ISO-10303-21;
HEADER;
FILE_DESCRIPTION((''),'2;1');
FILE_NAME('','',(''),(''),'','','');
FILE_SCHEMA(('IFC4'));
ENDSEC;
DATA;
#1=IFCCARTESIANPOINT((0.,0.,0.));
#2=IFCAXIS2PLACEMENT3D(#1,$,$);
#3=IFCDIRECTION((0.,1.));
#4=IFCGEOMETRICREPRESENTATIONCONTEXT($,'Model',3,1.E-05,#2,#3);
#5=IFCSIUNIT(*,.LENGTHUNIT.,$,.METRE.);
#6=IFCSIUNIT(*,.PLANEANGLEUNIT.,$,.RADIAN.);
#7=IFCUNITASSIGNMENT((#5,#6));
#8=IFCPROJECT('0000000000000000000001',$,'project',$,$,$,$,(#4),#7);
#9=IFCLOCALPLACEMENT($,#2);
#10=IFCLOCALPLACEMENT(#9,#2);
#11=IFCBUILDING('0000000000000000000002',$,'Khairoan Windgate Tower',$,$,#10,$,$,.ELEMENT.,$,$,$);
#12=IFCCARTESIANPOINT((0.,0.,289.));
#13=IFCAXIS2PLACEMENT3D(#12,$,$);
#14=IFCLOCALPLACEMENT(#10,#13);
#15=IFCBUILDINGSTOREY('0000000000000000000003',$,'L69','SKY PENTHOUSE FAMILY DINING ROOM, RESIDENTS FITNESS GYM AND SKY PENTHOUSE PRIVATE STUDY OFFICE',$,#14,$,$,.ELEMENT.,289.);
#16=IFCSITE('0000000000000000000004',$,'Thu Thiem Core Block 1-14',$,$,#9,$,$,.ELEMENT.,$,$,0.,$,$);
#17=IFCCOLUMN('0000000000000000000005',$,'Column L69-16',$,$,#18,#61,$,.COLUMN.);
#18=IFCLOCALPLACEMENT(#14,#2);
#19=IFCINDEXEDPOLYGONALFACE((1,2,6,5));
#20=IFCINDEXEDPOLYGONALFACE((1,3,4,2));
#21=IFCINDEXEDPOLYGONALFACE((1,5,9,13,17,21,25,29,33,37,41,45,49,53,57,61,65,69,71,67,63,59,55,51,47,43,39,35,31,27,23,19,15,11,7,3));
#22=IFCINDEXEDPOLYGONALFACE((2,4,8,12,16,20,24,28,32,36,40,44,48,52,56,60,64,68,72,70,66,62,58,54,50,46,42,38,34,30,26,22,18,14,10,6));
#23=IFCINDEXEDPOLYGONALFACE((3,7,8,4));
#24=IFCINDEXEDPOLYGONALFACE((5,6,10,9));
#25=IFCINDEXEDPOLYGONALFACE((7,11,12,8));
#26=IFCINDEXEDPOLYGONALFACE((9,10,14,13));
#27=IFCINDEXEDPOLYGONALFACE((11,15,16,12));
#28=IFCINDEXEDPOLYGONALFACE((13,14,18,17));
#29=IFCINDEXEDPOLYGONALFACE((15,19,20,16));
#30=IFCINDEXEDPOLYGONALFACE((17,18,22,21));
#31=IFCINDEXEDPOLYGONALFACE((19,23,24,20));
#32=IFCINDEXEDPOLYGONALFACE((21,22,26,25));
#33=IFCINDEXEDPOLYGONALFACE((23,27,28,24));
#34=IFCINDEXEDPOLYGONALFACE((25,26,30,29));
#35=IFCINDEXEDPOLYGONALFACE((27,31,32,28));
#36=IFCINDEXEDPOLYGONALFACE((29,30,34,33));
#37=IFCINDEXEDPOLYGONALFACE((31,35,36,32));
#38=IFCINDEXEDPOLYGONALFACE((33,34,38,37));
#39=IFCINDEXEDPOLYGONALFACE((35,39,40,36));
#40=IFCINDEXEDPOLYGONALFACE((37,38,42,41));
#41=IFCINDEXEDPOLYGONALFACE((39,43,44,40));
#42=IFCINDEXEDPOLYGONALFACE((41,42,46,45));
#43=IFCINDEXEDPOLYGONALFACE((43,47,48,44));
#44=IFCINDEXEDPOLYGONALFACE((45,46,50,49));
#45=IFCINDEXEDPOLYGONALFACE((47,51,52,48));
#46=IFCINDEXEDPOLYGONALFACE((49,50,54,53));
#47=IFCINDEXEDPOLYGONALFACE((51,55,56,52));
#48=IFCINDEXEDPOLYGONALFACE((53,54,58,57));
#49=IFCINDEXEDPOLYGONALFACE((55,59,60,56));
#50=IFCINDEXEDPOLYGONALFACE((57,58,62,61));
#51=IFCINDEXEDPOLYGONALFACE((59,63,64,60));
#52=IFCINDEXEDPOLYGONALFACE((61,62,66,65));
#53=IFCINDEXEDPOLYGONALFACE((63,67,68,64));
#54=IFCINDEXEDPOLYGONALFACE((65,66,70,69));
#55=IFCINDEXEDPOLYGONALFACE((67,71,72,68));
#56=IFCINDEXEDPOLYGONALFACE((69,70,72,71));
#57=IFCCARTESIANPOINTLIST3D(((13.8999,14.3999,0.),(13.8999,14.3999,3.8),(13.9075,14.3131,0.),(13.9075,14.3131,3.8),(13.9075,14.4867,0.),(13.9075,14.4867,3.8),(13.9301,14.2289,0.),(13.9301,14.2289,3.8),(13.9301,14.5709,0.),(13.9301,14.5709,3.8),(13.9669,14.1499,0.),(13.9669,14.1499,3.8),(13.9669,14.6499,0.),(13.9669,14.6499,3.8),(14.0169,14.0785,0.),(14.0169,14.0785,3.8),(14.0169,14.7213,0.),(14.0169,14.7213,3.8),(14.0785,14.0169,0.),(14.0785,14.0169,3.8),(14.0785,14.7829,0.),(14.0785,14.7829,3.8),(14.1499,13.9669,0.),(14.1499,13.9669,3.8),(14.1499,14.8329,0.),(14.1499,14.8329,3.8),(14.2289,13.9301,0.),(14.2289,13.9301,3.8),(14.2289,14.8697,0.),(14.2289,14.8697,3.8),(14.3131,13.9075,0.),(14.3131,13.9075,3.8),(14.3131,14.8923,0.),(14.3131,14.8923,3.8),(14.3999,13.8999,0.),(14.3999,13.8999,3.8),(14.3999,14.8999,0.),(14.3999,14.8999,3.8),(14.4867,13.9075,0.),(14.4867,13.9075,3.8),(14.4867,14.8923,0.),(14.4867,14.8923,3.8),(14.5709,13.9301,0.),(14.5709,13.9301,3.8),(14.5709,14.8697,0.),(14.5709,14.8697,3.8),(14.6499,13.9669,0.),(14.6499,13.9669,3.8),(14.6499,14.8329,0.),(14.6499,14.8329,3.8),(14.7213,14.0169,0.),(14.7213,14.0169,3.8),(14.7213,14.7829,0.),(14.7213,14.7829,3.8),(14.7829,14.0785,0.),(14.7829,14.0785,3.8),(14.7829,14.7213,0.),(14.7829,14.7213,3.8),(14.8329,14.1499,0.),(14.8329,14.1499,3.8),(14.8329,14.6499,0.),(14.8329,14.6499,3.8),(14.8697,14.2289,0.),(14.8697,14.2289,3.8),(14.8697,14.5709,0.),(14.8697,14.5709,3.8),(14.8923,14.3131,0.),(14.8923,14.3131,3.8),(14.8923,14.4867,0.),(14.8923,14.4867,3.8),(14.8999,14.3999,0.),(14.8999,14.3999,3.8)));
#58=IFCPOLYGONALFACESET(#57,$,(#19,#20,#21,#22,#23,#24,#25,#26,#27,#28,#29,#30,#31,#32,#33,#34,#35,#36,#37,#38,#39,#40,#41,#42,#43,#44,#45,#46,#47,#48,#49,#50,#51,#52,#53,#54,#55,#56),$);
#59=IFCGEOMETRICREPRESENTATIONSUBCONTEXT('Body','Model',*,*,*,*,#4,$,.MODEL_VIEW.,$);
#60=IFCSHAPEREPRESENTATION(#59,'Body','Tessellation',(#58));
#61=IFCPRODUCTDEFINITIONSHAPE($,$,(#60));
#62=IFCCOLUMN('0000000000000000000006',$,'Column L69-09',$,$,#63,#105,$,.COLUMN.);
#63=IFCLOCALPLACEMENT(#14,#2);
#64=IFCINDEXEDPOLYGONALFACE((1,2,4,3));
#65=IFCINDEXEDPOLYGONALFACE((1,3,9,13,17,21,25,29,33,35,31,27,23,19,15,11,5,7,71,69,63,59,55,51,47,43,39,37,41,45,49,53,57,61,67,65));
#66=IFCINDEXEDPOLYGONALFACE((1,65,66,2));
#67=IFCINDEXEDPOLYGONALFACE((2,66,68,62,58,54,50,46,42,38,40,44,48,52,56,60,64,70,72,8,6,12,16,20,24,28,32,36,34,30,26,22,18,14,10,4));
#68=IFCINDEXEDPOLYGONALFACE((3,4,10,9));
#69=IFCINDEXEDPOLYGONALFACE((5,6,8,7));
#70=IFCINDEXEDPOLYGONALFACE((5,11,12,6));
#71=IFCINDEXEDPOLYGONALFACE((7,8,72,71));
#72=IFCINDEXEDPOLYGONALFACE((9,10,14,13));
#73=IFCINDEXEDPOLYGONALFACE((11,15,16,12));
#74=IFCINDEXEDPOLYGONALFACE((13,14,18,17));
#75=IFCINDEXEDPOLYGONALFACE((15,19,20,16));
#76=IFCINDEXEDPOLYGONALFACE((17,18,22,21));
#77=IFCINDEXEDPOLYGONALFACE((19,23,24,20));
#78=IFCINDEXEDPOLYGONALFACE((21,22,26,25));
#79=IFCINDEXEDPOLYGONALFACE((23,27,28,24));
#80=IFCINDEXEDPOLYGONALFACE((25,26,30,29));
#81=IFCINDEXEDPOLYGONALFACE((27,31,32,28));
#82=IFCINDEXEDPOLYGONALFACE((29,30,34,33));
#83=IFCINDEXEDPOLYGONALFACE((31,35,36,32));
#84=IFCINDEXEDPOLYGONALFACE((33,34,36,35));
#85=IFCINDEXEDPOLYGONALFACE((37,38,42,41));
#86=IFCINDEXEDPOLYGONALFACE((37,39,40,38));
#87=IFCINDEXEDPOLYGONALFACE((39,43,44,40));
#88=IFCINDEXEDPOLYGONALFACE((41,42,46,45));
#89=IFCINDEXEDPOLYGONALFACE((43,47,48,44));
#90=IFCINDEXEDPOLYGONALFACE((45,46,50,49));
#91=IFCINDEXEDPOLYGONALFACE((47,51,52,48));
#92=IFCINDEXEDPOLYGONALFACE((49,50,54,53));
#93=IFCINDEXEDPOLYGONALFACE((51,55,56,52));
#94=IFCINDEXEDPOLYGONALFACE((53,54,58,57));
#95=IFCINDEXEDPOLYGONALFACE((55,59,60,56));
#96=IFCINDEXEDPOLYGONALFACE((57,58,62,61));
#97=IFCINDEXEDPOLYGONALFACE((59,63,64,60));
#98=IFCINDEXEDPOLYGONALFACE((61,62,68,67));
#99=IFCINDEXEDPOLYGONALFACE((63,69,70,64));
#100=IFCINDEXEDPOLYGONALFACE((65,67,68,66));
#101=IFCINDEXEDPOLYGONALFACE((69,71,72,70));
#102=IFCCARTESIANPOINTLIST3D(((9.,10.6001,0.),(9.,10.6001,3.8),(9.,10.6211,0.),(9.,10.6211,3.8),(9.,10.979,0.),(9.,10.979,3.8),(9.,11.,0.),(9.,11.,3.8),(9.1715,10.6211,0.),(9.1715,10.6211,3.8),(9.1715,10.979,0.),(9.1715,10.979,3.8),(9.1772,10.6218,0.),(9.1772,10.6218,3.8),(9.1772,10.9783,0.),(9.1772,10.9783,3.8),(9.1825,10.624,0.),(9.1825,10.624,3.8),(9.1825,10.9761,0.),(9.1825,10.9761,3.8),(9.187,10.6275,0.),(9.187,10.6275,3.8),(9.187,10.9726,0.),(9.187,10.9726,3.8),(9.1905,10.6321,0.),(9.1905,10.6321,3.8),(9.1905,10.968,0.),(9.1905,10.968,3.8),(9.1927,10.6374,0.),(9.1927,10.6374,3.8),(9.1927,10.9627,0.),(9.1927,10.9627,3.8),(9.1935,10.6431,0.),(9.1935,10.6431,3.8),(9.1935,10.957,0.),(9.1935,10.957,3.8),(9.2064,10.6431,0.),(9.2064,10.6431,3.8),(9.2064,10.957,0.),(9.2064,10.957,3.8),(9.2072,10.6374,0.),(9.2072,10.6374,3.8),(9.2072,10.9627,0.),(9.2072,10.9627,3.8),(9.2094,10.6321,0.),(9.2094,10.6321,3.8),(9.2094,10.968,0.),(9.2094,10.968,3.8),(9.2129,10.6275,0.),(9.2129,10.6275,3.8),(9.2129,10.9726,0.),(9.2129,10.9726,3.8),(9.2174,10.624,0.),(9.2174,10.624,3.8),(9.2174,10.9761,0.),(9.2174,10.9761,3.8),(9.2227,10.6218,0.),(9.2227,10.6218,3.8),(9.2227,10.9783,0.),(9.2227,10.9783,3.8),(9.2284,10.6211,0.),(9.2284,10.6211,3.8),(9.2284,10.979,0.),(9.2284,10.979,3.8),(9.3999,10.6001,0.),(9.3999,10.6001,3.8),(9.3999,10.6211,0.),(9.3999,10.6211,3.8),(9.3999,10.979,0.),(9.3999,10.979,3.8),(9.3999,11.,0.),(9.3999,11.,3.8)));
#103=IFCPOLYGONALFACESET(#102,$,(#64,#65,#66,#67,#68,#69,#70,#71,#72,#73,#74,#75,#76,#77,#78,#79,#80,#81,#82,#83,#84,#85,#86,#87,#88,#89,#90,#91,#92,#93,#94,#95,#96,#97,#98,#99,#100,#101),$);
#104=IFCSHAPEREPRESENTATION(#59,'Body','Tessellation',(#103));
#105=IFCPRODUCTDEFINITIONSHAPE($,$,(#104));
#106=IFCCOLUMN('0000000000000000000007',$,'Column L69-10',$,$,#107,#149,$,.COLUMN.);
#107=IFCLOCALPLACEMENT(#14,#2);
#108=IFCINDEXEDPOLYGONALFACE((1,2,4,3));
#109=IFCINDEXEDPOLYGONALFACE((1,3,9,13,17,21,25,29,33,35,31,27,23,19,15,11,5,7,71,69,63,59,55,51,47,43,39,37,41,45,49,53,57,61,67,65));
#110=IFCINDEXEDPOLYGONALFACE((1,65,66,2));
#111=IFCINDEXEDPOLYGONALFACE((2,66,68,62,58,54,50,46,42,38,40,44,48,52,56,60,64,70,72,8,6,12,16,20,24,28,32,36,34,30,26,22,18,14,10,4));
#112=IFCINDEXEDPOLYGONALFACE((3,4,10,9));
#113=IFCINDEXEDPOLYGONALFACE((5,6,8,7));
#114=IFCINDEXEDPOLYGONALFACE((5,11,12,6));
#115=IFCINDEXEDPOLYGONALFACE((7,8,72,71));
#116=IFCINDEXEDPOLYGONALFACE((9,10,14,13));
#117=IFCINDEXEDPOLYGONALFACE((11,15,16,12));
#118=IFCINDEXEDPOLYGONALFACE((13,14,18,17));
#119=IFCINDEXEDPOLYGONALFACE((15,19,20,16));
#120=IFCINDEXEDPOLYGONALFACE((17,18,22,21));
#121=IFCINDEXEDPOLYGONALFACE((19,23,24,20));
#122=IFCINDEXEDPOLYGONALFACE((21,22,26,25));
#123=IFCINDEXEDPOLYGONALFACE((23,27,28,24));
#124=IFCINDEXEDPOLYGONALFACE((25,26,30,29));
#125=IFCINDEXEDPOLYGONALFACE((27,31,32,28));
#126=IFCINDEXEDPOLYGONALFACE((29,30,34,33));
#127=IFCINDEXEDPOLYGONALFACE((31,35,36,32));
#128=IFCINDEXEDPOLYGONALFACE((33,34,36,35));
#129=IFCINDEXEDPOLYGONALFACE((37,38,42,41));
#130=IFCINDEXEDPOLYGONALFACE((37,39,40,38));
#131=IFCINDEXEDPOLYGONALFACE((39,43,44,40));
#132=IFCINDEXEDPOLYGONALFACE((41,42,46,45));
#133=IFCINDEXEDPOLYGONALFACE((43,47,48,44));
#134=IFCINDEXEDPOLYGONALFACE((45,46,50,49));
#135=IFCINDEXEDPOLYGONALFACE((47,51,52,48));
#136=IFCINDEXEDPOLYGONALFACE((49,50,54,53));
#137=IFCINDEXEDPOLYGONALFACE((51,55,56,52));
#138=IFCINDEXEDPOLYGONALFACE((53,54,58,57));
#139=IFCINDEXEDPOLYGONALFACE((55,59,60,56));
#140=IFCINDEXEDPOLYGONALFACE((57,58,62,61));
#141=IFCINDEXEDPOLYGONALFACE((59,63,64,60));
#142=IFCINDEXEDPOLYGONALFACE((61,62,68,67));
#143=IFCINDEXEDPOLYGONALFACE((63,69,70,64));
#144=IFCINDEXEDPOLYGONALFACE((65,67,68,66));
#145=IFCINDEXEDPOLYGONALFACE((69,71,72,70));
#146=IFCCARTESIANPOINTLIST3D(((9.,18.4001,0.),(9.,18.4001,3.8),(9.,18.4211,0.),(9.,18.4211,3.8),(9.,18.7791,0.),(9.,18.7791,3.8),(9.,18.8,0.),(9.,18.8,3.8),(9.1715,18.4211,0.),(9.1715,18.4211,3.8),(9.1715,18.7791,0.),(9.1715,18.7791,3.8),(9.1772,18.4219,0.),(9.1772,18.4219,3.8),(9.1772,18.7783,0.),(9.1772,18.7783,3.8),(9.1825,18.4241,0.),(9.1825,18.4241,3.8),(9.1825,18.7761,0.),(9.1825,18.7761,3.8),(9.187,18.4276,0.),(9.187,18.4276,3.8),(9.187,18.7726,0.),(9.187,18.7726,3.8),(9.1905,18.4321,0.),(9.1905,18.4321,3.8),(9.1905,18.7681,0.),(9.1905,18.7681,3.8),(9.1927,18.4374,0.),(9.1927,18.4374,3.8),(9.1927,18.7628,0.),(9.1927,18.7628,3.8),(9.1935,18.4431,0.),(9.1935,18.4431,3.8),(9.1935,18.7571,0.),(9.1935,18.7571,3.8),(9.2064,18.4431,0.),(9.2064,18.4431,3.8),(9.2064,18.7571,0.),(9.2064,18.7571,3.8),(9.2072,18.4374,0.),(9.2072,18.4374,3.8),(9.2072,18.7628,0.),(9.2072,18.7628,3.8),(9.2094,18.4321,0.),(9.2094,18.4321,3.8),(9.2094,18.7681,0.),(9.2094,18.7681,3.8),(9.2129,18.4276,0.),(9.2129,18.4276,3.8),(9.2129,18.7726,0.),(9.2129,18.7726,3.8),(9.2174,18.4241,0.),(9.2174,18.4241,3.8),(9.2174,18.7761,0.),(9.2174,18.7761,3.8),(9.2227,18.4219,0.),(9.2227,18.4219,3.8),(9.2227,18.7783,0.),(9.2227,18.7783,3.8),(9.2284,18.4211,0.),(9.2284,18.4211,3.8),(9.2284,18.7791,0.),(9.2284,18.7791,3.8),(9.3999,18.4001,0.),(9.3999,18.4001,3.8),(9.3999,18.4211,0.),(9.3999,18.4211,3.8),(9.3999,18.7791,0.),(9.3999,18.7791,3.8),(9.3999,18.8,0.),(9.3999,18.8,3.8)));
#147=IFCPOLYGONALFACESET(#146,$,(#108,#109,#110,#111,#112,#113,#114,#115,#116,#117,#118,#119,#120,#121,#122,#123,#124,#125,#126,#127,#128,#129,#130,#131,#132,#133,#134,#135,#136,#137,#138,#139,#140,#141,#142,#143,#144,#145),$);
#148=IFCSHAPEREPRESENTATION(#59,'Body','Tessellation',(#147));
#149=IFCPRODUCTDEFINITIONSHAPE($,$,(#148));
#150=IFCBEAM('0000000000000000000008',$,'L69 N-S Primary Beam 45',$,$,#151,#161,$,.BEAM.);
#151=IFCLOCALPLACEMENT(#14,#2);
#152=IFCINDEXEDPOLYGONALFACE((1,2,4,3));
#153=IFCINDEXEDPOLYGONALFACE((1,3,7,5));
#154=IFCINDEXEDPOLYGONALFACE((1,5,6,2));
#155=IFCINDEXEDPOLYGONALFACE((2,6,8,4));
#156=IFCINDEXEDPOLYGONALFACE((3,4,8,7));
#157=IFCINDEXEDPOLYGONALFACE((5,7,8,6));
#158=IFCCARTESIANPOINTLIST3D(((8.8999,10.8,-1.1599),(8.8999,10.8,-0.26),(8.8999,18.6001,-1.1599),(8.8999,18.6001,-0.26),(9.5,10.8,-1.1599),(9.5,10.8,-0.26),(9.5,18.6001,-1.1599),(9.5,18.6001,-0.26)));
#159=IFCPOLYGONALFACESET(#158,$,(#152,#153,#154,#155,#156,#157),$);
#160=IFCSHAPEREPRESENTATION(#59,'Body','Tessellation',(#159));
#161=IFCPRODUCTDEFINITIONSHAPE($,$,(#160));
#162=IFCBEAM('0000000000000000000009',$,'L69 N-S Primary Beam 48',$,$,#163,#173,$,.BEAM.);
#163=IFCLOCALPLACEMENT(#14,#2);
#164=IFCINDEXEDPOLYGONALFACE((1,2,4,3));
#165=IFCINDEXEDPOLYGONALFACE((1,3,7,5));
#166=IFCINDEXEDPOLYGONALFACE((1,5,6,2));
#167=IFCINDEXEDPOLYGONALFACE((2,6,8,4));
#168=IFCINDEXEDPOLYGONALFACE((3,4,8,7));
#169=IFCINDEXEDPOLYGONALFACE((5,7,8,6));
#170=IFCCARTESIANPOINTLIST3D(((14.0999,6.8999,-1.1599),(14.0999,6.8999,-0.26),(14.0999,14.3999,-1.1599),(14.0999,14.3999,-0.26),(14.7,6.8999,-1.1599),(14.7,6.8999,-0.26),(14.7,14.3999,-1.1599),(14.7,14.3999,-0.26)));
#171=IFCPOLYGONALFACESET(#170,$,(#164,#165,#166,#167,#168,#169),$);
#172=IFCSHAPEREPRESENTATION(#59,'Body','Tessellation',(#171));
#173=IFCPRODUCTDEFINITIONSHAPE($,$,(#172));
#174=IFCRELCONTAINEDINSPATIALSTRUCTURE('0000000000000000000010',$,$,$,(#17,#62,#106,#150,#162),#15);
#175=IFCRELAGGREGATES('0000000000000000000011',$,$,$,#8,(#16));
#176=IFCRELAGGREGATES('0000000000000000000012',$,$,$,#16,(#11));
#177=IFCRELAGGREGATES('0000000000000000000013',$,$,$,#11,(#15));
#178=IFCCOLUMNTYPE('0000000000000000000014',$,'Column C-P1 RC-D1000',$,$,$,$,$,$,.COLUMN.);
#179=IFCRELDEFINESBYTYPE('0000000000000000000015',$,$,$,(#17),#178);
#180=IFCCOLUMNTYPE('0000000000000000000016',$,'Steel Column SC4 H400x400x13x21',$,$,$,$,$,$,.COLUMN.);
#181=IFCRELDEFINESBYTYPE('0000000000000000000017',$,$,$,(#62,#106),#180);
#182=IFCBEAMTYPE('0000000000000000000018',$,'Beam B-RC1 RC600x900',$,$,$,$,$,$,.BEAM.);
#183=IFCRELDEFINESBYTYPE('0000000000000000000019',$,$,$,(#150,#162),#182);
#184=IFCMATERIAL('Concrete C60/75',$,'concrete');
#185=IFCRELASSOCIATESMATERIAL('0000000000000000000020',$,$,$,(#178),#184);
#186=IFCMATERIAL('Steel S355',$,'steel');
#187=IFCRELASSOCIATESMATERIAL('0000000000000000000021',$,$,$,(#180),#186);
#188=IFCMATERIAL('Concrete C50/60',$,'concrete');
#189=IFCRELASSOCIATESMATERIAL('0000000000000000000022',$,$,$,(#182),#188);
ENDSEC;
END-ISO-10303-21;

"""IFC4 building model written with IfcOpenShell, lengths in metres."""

from ifc_helpers import new_model, si_unit, direction, frame, origin, origin_2d, place, context, subcontext, project, spatial, rectangle, circle, i_section, extrude, material, material_profile, profile_set, type_object, element, save


model = new_model("IFC4")

# Units and contexts
model_context = context("Model", 3, precision=1e-05, world=origin(), true_north=direction((0.0, 1.0)))
body_context = subcontext(model_context, "Body", "Model", "MODEL_VIEW")
ifc_project = project(units=[si_unit("LENGTHUNIT", "METRE"), si_unit("PLANEANGLEUNIT", "RADIAN")], contexts=[model_context])

# Site, building, storey
site_placement = place(None, origin())
site = spatial("IfcSite", under=ifc_project, at=site_placement, Name="Thu Thiem Core Block 1-14", CompositionType="ELEMENT", RefElevation=0.0)
building_placement = place(site_placement, origin())
building = spatial("IfcBuilding", under=site, at=building_placement, Name="Khairoan Windgate Tower", CompositionType="ELEMENT")
storey_placement = place(building_placement, frame((0.0, 0.0, 289.0)))
storey = spatial("IfcBuildingStorey", under=building, at=storey_placement, Name="L69", Description="SKY PENTHOUSE FAMILY DINING ROOM, RESIDENTS FITNESS GYM AND SKY PENTHOUSE PRIVATE STUDY OFFICE", CompositionType="ELEMENT", Elevation=289.0)

# Columns
ifc_material_1 = material(Name="Concrete C60/75", Category="concrete")
ifc_material_profile_1 = material_profile(ifc_material_1, circle(Radius=0.5, at=origin_2d()))
ifc_profile_set_1 = profile_set([ifc_material_profile_1], Name="Concrete C60/75")
column_type_1 = type_object("IfcColumnType", Name="Column C-P1 RC-D1000", PredefinedType="COLUMN", material=ifc_profile_set_1)
column_placement = place(storey_placement, frame((14.3999, 14.3999, 0.0), z_axis=(0.0, 0.0, 1.0), x_axis=(1.0, 0.0, 0.0)))
element("IfcColumn", 1, at=column_placement, inside=storey, type_object=column_type_1, Name="Column L69-16", PredefinedType="COLUMN", context=body_context, shape_type="SweptSolid", body=[
    extrude(circle(Radius=0.5, at=origin_2d()), origin(), (0.0, 0.0, 1.0), 3.8),
])
ifc_material_2 = material(Name="Steel S355", Category="steel")
ifc_material_profile_2 = material_profile(ifc_material_2, i_section(OverallWidth=0.3999, OverallDepth=0.3999, WebThickness=0.0129, FlangeThickness=0.021, FilletRadius=0.022, at=origin_2d()))
ifc_profile_set_2 = profile_set([ifc_material_profile_2], Name="Steel S355")
column_type_2 = type_object("IfcColumnType", Name="Steel Column SC4 H400x400x13x21", PredefinedType="COLUMN", material=ifc_profile_set_2)
for number, where, z_axis, x_axis, name in (
    (2, (9.2, 10.8, 0.0), (0.0, 0.0, 1.0), (1.0, 0.0, 0.0), "Column L69-09"),
    (3, (9.2, 18.6001, 0.0), (0.0, 0.0, 1.0), (1.0, 0.0, 0.0), "Column L69-10"),
):
    element("IfcColumn", number, at=place(storey_placement, frame(where, z_axis=z_axis, x_axis=x_axis)), inside=storey, type_object=column_type_2, Name=name, PredefinedType="COLUMN", context=body_context, shape_type="SweptSolid", body=[
        extrude(i_section(OverallWidth=0.3999, OverallDepth=0.3999, WebThickness=0.0129, FlangeThickness=0.021, FilletRadius=0.022, at=origin_2d()), origin(), (0.0, 0.0, 1.0), 3.8),
    ])

# Beams
ifc_material_3 = material(Name="Concrete C50/60", Category="concrete")
ifc_material_profile_3 = material_profile(ifc_material_3, rectangle(XDim=0.6001, YDim=0.8999, at=origin_2d()))
ifc_profile_set_3 = profile_set([ifc_material_profile_3], Name="Concrete C50/60")
beam_type = type_object("IfcBeamType", Name="Beam B-RC1 RC600x900", PredefinedType="BEAM", material=ifc_profile_set_3)
beam_1_placement = place(storey_placement, frame((9.2, 10.8, -0.71), z_axis=(0.0, 1.0, 0.0), x_axis=(-1.0, 0.0, 0.0)))
element("IfcBeam", 4, at=beam_1_placement, inside=storey, type_object=beam_type, Name="L69 N-S Primary Beam 45", PredefinedType="BEAM", context=body_context, shape_type="SweptSolid", body=[
    extrude(rectangle(XDim=0.6001, YDim=0.8999, at=origin_2d()), origin(), (0.0, 0.0, 1.0), 7.8),
])
beam_2_placement = place(storey_placement, frame((14.3999, 6.8999, -0.71), z_axis=(0.0, 1.0, 0.0), x_axis=(-1.0, 0.0, 0.0)))
element("IfcBeam", 5, at=beam_2_placement, inside=storey, type_object=beam_type, Name="L69 N-S Primary Beam 48", PredefinedType="BEAM", context=body_context, shape_type="SweptSolid", body=[
    extrude(rectangle(XDim=0.6001, YDim=0.8999, at=origin_2d()), origin(), (0.0, 0.0, 1.0), 7.5),
])

save(model, "model.ifc")
